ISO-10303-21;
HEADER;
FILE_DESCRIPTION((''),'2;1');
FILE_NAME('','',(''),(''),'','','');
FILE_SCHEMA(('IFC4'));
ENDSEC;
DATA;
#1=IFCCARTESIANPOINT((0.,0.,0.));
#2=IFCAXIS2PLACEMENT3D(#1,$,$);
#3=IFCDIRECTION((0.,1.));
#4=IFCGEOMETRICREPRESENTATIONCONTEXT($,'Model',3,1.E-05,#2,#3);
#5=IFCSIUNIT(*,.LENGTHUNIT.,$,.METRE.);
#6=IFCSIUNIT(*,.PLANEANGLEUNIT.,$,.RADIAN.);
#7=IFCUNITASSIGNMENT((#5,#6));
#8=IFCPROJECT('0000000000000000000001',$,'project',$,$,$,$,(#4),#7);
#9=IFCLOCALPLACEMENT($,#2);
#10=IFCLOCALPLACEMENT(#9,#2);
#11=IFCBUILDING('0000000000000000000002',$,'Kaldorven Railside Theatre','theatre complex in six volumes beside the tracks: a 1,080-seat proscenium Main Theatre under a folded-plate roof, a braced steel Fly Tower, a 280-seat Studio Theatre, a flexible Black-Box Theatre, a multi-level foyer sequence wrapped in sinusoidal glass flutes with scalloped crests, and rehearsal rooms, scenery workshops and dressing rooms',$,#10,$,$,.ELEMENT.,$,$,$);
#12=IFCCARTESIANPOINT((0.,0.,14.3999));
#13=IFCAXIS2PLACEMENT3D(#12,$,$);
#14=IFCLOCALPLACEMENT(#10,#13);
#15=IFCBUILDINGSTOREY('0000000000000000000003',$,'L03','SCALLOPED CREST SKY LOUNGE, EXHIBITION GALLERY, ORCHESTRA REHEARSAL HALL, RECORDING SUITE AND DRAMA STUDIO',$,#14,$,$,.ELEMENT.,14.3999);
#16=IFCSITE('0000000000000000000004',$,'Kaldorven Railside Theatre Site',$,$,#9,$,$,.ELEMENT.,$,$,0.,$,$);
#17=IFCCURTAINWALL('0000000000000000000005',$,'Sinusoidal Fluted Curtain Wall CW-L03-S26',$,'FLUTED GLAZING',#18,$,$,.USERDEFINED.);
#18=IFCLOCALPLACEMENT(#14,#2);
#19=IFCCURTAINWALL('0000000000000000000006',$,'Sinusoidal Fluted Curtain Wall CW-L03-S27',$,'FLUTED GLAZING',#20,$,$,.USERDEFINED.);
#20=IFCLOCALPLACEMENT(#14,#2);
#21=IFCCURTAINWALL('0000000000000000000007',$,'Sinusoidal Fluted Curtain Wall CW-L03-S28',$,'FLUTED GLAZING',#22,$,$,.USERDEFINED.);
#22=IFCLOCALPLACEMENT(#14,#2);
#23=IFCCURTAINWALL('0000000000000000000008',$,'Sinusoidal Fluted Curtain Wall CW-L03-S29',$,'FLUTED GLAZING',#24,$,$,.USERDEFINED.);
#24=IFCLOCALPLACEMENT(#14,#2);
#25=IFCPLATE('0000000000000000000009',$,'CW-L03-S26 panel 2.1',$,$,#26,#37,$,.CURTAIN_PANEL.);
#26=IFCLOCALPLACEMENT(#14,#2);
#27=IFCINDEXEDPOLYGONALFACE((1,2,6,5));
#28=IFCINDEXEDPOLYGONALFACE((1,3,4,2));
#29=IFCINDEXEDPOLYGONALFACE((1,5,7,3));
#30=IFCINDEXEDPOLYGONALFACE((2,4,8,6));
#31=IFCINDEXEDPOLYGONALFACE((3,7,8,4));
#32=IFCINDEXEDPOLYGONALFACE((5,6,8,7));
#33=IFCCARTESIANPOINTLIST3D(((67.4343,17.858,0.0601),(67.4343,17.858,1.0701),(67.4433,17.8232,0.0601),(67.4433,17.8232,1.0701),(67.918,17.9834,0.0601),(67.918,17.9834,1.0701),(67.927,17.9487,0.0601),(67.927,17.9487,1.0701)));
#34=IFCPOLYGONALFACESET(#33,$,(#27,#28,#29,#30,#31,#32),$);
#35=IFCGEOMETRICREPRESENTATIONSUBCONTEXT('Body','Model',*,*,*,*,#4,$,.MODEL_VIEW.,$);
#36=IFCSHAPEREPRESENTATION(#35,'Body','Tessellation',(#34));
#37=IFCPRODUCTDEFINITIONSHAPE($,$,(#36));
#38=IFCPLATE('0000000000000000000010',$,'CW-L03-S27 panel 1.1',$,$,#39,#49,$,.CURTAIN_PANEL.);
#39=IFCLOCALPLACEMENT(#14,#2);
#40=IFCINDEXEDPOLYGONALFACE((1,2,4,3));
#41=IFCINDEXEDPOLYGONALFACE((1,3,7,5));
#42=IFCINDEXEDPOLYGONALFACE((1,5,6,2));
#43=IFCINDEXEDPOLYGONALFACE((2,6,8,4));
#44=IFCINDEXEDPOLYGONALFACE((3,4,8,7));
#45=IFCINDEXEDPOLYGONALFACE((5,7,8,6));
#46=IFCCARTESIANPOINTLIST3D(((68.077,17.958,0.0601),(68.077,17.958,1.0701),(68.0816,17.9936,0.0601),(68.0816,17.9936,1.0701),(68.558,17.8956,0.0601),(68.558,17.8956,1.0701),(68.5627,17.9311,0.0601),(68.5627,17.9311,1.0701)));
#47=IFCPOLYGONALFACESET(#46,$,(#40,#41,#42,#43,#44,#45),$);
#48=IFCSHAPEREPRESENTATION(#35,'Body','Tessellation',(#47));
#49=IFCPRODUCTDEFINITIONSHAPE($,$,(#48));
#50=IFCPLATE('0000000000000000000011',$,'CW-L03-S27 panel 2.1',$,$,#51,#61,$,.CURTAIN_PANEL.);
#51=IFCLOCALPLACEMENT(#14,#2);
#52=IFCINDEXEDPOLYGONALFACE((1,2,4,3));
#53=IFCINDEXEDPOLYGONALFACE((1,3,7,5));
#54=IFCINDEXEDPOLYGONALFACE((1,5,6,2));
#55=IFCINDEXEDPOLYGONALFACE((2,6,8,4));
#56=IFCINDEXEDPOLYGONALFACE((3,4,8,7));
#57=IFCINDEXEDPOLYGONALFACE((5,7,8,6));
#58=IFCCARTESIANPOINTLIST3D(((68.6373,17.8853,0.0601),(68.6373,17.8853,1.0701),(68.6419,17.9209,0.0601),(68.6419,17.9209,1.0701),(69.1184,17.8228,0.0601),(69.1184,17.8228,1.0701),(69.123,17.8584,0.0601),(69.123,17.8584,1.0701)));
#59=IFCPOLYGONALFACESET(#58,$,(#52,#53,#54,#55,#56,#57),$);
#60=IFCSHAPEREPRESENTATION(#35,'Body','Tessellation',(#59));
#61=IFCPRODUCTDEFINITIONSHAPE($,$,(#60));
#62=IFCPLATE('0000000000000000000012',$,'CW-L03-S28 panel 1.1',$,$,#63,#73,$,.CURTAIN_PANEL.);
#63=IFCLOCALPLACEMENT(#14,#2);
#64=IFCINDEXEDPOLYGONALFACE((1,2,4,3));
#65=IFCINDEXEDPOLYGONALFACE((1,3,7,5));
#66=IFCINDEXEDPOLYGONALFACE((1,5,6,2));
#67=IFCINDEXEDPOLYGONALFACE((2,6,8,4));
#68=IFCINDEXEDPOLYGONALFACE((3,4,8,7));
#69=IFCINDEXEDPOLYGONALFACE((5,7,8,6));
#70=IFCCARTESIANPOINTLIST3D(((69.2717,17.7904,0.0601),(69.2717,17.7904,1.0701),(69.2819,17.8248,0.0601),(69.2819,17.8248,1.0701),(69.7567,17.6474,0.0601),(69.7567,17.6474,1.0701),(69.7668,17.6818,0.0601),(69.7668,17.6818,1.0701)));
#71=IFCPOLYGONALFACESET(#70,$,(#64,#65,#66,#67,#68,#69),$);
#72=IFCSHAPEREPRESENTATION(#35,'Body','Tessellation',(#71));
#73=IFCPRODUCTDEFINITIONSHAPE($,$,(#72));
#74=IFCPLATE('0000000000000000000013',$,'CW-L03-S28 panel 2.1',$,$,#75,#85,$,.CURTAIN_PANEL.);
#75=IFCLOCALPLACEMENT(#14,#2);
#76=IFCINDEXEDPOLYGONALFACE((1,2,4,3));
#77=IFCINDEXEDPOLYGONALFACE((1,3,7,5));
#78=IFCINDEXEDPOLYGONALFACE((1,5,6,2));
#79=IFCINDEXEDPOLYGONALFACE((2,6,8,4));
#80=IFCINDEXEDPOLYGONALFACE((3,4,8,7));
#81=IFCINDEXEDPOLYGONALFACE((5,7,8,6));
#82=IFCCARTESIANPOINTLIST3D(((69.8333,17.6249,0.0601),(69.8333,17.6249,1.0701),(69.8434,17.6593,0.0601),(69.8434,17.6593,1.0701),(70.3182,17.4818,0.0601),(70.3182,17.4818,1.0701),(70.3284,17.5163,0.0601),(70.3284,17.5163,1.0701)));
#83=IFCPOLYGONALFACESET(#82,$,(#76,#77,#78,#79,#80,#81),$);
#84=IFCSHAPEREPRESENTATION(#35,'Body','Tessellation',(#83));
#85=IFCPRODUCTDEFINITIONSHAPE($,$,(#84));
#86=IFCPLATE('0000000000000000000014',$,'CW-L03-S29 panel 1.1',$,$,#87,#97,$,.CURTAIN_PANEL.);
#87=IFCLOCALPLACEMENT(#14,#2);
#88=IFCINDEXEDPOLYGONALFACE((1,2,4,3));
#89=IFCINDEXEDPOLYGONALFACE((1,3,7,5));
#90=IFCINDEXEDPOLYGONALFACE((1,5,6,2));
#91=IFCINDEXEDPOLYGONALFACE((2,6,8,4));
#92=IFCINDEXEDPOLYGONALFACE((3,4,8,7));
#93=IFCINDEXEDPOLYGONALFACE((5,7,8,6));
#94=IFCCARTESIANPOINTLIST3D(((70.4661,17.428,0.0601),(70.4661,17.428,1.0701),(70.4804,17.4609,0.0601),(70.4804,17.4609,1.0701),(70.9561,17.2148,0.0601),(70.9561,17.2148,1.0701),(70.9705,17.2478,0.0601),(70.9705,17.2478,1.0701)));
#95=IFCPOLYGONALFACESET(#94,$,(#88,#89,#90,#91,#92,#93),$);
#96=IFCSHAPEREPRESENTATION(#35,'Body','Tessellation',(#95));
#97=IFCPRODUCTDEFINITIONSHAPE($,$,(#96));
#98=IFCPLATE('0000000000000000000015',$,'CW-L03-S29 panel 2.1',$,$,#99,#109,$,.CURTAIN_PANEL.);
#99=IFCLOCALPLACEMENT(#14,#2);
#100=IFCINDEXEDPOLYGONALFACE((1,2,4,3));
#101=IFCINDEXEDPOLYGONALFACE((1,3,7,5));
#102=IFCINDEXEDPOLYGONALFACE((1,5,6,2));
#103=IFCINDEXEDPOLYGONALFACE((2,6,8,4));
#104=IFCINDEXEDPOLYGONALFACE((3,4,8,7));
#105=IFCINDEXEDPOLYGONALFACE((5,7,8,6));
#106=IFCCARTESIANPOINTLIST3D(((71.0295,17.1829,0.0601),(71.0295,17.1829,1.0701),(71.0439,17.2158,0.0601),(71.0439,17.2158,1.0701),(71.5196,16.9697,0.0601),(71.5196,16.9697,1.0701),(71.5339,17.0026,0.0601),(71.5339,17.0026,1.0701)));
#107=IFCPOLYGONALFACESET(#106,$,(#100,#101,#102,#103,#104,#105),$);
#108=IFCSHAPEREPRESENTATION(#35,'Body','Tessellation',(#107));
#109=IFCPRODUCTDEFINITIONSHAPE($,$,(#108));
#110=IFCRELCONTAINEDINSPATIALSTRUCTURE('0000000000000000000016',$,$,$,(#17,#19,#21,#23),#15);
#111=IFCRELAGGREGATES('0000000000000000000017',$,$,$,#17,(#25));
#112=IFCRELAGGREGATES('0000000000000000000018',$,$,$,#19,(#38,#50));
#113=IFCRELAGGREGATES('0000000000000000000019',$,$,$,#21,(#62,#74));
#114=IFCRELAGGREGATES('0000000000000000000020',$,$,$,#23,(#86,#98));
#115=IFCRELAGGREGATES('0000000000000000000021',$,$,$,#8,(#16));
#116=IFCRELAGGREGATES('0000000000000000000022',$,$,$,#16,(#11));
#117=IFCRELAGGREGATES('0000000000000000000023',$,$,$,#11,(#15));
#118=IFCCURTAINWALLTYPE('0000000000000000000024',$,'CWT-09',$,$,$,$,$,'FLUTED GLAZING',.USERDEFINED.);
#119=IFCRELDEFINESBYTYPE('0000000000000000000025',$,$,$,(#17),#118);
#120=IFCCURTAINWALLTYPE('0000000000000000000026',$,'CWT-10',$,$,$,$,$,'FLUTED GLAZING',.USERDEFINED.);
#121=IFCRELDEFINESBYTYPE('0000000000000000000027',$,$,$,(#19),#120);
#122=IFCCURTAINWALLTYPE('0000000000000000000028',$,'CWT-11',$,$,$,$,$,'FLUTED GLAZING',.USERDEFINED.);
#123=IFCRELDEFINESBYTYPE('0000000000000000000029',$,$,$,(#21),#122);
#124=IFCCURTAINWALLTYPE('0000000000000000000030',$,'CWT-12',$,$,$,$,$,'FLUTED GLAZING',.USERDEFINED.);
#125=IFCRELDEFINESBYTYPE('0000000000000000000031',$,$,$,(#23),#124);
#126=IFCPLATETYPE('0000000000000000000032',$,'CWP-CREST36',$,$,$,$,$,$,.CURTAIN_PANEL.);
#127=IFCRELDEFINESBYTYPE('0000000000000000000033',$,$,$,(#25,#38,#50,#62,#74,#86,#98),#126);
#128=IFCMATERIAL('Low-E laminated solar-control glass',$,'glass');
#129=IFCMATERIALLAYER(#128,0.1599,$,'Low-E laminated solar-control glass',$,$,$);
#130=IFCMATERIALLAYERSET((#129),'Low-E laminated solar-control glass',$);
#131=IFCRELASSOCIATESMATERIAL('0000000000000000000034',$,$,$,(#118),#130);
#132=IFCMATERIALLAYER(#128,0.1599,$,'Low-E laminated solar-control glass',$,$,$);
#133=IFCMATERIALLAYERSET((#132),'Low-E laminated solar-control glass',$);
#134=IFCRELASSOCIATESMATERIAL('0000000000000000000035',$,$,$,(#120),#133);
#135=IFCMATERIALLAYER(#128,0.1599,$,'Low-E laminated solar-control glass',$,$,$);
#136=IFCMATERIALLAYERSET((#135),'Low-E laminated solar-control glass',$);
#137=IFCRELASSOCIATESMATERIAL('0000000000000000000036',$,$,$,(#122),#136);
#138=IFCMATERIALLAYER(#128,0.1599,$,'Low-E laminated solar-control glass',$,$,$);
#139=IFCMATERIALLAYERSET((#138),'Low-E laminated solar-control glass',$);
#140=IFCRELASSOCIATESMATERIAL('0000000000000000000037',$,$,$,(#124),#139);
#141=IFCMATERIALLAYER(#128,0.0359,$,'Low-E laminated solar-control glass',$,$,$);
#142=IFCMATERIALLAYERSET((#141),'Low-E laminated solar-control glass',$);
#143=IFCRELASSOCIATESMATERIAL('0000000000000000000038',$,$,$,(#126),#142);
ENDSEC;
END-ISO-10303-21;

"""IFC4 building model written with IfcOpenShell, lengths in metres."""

from ifc_helpers import new_model, si_unit, direction, frame, origin, origin_2d, place, context, subcontext, project, spatial, rectangle, extrude, material, layer, layer_set, type_object, element, aggregate, save


model = new_model("IFC4")

# Units and contexts
model_context = context("Model", 3, precision=1e-05, world=origin(), true_north=direction((0.0, 1.0)))
body_context = subcontext(model_context, "Body", "Model", "MODEL_VIEW")
ifc_project = project(units=[si_unit("LENGTHUNIT", "METRE"), si_unit("PLANEANGLEUNIT", "RADIAN")], contexts=[model_context])

# Site, building, storey
site_placement = place(None, origin())
site = spatial("IfcSite", under=ifc_project, at=site_placement, Name="Kaldorven Railside Theatre Site", CompositionType="ELEMENT", RefElevation=0.0)
building_placement = place(site_placement, origin())
building = spatial("IfcBuilding", under=site, at=building_placement, Name="Kaldorven Railside Theatre", Description="theatre complex in six volumes beside the tracks: a 1,080-seat proscenium Main Theatre under a folded-plate roof, a braced steel Fly Tower, a 280-seat Studio Theatre, a flexible Black-Box Theatre, a multi-level foyer sequence wrapped in sinusoidal glass flutes with scalloped crests, and rehearsal rooms, scenery workshops and dressing rooms", CompositionType="ELEMENT")
storey_placement = place(building_placement, frame((0.0, 0.0, 14.3999)))
storey = spatial("IfcBuildingStorey", under=building, at=storey_placement, Name="L03", Description="SCALLOPED CREST SKY LOUNGE, EXHIBITION GALLERY, ORCHESTRA REHEARSAL HALL, RECORDING SUITE AND DRAMA STUDIO", CompositionType="ELEMENT", Elevation=14.3999)

# Curtain walls
ifc_material_1 = material(Name="Low-E laminated solar-control glass", Category="glass")
ifc_layer_1 = layer(ifc_material_1, 0.1599, Name="Low-E laminated solar-control glass")
ifc_layer_set_1 = layer_set([ifc_layer_1], Name="Low-E laminated solar-control glass")
curtain_wall_type_1 = type_object("IfcCurtainWallType", Name="CWT-09", ElementType="FLUTED GLAZING", PredefinedType="USERDEFINED", material=ifc_layer_set_1)
curtain_wall_1_placement = place(storey_placement, origin())
curtain_wall_1 = element("IfcCurtainWall", 1, at=curtain_wall_1_placement, inside=storey, type_object=curtain_wall_type_1, Name="Sinusoidal Fluted Curtain Wall CW-L03-S26", ObjectType="FLUTED GLAZING", PredefinedType="USERDEFINED")
ifc_layer_2 = layer(ifc_material_1, 0.1599, Name="Low-E laminated solar-control glass")
ifc_layer_set_2 = layer_set([ifc_layer_2], Name="Low-E laminated solar-control glass")
curtain_wall_type_2 = type_object("IfcCurtainWallType", Name="CWT-10", ElementType="FLUTED GLAZING", PredefinedType="USERDEFINED", material=ifc_layer_set_2)
curtain_wall_2_placement = place(storey_placement, origin())
curtain_wall_2 = element("IfcCurtainWall", 2, at=curtain_wall_2_placement, inside=storey, type_object=curtain_wall_type_2, Name="Sinusoidal Fluted Curtain Wall CW-L03-S27", ObjectType="FLUTED GLAZING", PredefinedType="USERDEFINED")
ifc_layer_3 = layer(ifc_material_1, 0.1599, Name="Low-E laminated solar-control glass")
ifc_layer_set_3 = layer_set([ifc_layer_3], Name="Low-E laminated solar-control glass")
curtain_wall_type_3 = type_object("IfcCurtainWallType", Name="CWT-11", ElementType="FLUTED GLAZING", PredefinedType="USERDEFINED", material=ifc_layer_set_3)
curtain_wall_3_placement = place(storey_placement, origin())
curtain_wall_3 = element("IfcCurtainWall", 3, at=curtain_wall_3_placement, inside=storey, type_object=curtain_wall_type_3, Name="Sinusoidal Fluted Curtain Wall CW-L03-S28", ObjectType="FLUTED GLAZING", PredefinedType="USERDEFINED")
ifc_layer_4 = layer(ifc_material_1, 0.1599, Name="Low-E laminated solar-control glass")
ifc_layer_set_4 = layer_set([ifc_layer_4], Name="Low-E laminated solar-control glass")
curtain_wall_type_4 = type_object("IfcCurtainWallType", Name="CWT-12", ElementType="FLUTED GLAZING", PredefinedType="USERDEFINED", material=ifc_layer_set_4)
curtain_wall_4_placement = place(storey_placement, origin())
curtain_wall_4 = element("IfcCurtainWall", 4, at=curtain_wall_4_placement, inside=storey, type_object=curtain_wall_type_4, Name="Sinusoidal Fluted Curtain Wall CW-L03-S29", ObjectType="FLUTED GLAZING", PredefinedType="USERDEFINED")

# Plates
ifc_layer_5 = layer(ifc_material_1, 0.0359, Name="Low-E laminated solar-control glass")
ifc_layer_set_5 = layer_set([ifc_layer_5], Name="Low-E laminated solar-control glass")
plate_type = type_object("IfcPlateType", Name="CWP-CREST36", PredefinedType="CURTAIN_PANEL", material=ifc_layer_set_5)
plate_1_placement = place(storey_placement, frame((67.6807, 17.9033, 0.0601), z_axis=(0.0, 0.0, 1.0), x_axis=(0.967999, 0.250954, 0.0)))
plate_1 = element("IfcPlate", 5, at=plate_1_placement, type_object=plate_type, Name="CW-L03-S26 panel 2.1", PredefinedType="CURTAIN_PANEL", context=body_context, shape_type="SweptSolid", body=[
    extrude(rectangle(XDim=0.4998, YDim=0.0359, at=origin_2d()), origin(), (0.0, 0.0, 1.0), 1.01),
])
aggregate(curtain_wall_1, [plate_1])
plate_2_placement = place(storey_placement, frame((68.3198, 17.9446, 0.0601), z_axis=(0.0, 0.0, 1.0), x_axis=(0.991677, -0.128753, 0.0)))
plate_2 = element("IfcPlate", 6, at=plate_2_placement, type_object=plate_type, Name="CW-L03-S27 panel 1.1", PredefinedType="CURTAIN_PANEL", context=body_context, shape_type="SweptSolid", body=[
    extrude(rectangle(XDim=0.4851, YDim=0.0359, at=origin_2d()), origin(), (0.0, 0.0, 1.0), 1.01),
])
plate_3_placement = place(storey_placement, frame((68.8801, 17.8718, 0.0601), z_axis=(0.0, 0.0, 1.0), x_axis=(0.991677, -0.128753, 0.0)))
plate_3 = element("IfcPlate", 7, at=plate_3_placement, type_object=plate_type, Name="CW-L03-S27 panel 2.1", PredefinedType="CURTAIN_PANEL", context=body_context, shape_type="SweptSolid", body=[
    extrude(rectangle(XDim=0.4851, YDim=0.0359, at=origin_2d()), origin(), (0.0, 0.0, 1.0), 1.01),
])
aggregate(curtain_wall_2, [plate_2, plate_3])
plate_4_placement = place(storey_placement, frame((69.5193, 17.7361, 0.0601), z_axis=(0.0, 0.0, 1.0), x_axis=(0.959158, -0.282872, 0.0)))
plate_4 = element("IfcPlate", 8, at=plate_4_placement, type_object=plate_type, Name="CW-L03-S28 panel 1.1", PredefinedType="CURTAIN_PANEL", context=body_context, shape_type="SweptSolid", body=[
    extrude(rectangle(XDim=0.5056, YDim=0.0359, at=origin_2d()), origin(), (0.0, 0.0, 1.0), 1.01),
])
plate_5_placement = place(storey_placement, frame((70.0808, 17.5706, 0.0601), z_axis=(0.0, 0.0, 1.0), x_axis=(0.959158, -0.282872, 0.0)))
plate_5 = element("IfcPlate", 9, at=plate_5_placement, type_object=plate_type, Name="CW-L03-S28 panel 2.1", PredefinedType="CURTAIN_PANEL", context=body_context, shape_type="SweptSolid", body=[
    extrude(rectangle(XDim=0.5056, YDim=0.0359, at=origin_2d()), origin(), (0.0, 0.0, 1.0), 1.01),
])
aggregate(curtain_wall_3, [plate_4, plate_5])
plate_6_placement = place(storey_placement, frame((70.7183, 17.3379, 0.0601), z_axis=(0.0, 0.0, 1.0), x_axis=(0.916997, -0.398894, 0.0)))
plate_6 = element("IfcPlate", 10, at=plate_6_placement, type_object=plate_type, Name="CW-L03-S29 panel 1.1", PredefinedType="CURTAIN_PANEL", context=body_context, shape_type="SweptSolid", body=[
    extrude(rectangle(XDim=0.5344, YDim=0.0359, at=origin_2d()), origin(), (0.0, 0.0, 1.0), 1.01),
])
plate_7_placement = place(storey_placement, frame((71.2817, 17.0928, 0.0601), z_axis=(0.0, 0.0, 1.0), x_axis=(0.916997, -0.398894, 0.0)))
plate_7 = element("IfcPlate", 11, at=plate_7_placement, type_object=plate_type, Name="CW-L03-S29 panel 2.1", PredefinedType="CURTAIN_PANEL", context=body_context, shape_type="SweptSolid", body=[
    extrude(rectangle(XDim=0.5344, YDim=0.0359, at=origin_2d()), origin(), (0.0, 0.0, 1.0), 1.01),
])
aggregate(curtain_wall_4, [plate_6, plate_7])

save(model, "model.ifc")
